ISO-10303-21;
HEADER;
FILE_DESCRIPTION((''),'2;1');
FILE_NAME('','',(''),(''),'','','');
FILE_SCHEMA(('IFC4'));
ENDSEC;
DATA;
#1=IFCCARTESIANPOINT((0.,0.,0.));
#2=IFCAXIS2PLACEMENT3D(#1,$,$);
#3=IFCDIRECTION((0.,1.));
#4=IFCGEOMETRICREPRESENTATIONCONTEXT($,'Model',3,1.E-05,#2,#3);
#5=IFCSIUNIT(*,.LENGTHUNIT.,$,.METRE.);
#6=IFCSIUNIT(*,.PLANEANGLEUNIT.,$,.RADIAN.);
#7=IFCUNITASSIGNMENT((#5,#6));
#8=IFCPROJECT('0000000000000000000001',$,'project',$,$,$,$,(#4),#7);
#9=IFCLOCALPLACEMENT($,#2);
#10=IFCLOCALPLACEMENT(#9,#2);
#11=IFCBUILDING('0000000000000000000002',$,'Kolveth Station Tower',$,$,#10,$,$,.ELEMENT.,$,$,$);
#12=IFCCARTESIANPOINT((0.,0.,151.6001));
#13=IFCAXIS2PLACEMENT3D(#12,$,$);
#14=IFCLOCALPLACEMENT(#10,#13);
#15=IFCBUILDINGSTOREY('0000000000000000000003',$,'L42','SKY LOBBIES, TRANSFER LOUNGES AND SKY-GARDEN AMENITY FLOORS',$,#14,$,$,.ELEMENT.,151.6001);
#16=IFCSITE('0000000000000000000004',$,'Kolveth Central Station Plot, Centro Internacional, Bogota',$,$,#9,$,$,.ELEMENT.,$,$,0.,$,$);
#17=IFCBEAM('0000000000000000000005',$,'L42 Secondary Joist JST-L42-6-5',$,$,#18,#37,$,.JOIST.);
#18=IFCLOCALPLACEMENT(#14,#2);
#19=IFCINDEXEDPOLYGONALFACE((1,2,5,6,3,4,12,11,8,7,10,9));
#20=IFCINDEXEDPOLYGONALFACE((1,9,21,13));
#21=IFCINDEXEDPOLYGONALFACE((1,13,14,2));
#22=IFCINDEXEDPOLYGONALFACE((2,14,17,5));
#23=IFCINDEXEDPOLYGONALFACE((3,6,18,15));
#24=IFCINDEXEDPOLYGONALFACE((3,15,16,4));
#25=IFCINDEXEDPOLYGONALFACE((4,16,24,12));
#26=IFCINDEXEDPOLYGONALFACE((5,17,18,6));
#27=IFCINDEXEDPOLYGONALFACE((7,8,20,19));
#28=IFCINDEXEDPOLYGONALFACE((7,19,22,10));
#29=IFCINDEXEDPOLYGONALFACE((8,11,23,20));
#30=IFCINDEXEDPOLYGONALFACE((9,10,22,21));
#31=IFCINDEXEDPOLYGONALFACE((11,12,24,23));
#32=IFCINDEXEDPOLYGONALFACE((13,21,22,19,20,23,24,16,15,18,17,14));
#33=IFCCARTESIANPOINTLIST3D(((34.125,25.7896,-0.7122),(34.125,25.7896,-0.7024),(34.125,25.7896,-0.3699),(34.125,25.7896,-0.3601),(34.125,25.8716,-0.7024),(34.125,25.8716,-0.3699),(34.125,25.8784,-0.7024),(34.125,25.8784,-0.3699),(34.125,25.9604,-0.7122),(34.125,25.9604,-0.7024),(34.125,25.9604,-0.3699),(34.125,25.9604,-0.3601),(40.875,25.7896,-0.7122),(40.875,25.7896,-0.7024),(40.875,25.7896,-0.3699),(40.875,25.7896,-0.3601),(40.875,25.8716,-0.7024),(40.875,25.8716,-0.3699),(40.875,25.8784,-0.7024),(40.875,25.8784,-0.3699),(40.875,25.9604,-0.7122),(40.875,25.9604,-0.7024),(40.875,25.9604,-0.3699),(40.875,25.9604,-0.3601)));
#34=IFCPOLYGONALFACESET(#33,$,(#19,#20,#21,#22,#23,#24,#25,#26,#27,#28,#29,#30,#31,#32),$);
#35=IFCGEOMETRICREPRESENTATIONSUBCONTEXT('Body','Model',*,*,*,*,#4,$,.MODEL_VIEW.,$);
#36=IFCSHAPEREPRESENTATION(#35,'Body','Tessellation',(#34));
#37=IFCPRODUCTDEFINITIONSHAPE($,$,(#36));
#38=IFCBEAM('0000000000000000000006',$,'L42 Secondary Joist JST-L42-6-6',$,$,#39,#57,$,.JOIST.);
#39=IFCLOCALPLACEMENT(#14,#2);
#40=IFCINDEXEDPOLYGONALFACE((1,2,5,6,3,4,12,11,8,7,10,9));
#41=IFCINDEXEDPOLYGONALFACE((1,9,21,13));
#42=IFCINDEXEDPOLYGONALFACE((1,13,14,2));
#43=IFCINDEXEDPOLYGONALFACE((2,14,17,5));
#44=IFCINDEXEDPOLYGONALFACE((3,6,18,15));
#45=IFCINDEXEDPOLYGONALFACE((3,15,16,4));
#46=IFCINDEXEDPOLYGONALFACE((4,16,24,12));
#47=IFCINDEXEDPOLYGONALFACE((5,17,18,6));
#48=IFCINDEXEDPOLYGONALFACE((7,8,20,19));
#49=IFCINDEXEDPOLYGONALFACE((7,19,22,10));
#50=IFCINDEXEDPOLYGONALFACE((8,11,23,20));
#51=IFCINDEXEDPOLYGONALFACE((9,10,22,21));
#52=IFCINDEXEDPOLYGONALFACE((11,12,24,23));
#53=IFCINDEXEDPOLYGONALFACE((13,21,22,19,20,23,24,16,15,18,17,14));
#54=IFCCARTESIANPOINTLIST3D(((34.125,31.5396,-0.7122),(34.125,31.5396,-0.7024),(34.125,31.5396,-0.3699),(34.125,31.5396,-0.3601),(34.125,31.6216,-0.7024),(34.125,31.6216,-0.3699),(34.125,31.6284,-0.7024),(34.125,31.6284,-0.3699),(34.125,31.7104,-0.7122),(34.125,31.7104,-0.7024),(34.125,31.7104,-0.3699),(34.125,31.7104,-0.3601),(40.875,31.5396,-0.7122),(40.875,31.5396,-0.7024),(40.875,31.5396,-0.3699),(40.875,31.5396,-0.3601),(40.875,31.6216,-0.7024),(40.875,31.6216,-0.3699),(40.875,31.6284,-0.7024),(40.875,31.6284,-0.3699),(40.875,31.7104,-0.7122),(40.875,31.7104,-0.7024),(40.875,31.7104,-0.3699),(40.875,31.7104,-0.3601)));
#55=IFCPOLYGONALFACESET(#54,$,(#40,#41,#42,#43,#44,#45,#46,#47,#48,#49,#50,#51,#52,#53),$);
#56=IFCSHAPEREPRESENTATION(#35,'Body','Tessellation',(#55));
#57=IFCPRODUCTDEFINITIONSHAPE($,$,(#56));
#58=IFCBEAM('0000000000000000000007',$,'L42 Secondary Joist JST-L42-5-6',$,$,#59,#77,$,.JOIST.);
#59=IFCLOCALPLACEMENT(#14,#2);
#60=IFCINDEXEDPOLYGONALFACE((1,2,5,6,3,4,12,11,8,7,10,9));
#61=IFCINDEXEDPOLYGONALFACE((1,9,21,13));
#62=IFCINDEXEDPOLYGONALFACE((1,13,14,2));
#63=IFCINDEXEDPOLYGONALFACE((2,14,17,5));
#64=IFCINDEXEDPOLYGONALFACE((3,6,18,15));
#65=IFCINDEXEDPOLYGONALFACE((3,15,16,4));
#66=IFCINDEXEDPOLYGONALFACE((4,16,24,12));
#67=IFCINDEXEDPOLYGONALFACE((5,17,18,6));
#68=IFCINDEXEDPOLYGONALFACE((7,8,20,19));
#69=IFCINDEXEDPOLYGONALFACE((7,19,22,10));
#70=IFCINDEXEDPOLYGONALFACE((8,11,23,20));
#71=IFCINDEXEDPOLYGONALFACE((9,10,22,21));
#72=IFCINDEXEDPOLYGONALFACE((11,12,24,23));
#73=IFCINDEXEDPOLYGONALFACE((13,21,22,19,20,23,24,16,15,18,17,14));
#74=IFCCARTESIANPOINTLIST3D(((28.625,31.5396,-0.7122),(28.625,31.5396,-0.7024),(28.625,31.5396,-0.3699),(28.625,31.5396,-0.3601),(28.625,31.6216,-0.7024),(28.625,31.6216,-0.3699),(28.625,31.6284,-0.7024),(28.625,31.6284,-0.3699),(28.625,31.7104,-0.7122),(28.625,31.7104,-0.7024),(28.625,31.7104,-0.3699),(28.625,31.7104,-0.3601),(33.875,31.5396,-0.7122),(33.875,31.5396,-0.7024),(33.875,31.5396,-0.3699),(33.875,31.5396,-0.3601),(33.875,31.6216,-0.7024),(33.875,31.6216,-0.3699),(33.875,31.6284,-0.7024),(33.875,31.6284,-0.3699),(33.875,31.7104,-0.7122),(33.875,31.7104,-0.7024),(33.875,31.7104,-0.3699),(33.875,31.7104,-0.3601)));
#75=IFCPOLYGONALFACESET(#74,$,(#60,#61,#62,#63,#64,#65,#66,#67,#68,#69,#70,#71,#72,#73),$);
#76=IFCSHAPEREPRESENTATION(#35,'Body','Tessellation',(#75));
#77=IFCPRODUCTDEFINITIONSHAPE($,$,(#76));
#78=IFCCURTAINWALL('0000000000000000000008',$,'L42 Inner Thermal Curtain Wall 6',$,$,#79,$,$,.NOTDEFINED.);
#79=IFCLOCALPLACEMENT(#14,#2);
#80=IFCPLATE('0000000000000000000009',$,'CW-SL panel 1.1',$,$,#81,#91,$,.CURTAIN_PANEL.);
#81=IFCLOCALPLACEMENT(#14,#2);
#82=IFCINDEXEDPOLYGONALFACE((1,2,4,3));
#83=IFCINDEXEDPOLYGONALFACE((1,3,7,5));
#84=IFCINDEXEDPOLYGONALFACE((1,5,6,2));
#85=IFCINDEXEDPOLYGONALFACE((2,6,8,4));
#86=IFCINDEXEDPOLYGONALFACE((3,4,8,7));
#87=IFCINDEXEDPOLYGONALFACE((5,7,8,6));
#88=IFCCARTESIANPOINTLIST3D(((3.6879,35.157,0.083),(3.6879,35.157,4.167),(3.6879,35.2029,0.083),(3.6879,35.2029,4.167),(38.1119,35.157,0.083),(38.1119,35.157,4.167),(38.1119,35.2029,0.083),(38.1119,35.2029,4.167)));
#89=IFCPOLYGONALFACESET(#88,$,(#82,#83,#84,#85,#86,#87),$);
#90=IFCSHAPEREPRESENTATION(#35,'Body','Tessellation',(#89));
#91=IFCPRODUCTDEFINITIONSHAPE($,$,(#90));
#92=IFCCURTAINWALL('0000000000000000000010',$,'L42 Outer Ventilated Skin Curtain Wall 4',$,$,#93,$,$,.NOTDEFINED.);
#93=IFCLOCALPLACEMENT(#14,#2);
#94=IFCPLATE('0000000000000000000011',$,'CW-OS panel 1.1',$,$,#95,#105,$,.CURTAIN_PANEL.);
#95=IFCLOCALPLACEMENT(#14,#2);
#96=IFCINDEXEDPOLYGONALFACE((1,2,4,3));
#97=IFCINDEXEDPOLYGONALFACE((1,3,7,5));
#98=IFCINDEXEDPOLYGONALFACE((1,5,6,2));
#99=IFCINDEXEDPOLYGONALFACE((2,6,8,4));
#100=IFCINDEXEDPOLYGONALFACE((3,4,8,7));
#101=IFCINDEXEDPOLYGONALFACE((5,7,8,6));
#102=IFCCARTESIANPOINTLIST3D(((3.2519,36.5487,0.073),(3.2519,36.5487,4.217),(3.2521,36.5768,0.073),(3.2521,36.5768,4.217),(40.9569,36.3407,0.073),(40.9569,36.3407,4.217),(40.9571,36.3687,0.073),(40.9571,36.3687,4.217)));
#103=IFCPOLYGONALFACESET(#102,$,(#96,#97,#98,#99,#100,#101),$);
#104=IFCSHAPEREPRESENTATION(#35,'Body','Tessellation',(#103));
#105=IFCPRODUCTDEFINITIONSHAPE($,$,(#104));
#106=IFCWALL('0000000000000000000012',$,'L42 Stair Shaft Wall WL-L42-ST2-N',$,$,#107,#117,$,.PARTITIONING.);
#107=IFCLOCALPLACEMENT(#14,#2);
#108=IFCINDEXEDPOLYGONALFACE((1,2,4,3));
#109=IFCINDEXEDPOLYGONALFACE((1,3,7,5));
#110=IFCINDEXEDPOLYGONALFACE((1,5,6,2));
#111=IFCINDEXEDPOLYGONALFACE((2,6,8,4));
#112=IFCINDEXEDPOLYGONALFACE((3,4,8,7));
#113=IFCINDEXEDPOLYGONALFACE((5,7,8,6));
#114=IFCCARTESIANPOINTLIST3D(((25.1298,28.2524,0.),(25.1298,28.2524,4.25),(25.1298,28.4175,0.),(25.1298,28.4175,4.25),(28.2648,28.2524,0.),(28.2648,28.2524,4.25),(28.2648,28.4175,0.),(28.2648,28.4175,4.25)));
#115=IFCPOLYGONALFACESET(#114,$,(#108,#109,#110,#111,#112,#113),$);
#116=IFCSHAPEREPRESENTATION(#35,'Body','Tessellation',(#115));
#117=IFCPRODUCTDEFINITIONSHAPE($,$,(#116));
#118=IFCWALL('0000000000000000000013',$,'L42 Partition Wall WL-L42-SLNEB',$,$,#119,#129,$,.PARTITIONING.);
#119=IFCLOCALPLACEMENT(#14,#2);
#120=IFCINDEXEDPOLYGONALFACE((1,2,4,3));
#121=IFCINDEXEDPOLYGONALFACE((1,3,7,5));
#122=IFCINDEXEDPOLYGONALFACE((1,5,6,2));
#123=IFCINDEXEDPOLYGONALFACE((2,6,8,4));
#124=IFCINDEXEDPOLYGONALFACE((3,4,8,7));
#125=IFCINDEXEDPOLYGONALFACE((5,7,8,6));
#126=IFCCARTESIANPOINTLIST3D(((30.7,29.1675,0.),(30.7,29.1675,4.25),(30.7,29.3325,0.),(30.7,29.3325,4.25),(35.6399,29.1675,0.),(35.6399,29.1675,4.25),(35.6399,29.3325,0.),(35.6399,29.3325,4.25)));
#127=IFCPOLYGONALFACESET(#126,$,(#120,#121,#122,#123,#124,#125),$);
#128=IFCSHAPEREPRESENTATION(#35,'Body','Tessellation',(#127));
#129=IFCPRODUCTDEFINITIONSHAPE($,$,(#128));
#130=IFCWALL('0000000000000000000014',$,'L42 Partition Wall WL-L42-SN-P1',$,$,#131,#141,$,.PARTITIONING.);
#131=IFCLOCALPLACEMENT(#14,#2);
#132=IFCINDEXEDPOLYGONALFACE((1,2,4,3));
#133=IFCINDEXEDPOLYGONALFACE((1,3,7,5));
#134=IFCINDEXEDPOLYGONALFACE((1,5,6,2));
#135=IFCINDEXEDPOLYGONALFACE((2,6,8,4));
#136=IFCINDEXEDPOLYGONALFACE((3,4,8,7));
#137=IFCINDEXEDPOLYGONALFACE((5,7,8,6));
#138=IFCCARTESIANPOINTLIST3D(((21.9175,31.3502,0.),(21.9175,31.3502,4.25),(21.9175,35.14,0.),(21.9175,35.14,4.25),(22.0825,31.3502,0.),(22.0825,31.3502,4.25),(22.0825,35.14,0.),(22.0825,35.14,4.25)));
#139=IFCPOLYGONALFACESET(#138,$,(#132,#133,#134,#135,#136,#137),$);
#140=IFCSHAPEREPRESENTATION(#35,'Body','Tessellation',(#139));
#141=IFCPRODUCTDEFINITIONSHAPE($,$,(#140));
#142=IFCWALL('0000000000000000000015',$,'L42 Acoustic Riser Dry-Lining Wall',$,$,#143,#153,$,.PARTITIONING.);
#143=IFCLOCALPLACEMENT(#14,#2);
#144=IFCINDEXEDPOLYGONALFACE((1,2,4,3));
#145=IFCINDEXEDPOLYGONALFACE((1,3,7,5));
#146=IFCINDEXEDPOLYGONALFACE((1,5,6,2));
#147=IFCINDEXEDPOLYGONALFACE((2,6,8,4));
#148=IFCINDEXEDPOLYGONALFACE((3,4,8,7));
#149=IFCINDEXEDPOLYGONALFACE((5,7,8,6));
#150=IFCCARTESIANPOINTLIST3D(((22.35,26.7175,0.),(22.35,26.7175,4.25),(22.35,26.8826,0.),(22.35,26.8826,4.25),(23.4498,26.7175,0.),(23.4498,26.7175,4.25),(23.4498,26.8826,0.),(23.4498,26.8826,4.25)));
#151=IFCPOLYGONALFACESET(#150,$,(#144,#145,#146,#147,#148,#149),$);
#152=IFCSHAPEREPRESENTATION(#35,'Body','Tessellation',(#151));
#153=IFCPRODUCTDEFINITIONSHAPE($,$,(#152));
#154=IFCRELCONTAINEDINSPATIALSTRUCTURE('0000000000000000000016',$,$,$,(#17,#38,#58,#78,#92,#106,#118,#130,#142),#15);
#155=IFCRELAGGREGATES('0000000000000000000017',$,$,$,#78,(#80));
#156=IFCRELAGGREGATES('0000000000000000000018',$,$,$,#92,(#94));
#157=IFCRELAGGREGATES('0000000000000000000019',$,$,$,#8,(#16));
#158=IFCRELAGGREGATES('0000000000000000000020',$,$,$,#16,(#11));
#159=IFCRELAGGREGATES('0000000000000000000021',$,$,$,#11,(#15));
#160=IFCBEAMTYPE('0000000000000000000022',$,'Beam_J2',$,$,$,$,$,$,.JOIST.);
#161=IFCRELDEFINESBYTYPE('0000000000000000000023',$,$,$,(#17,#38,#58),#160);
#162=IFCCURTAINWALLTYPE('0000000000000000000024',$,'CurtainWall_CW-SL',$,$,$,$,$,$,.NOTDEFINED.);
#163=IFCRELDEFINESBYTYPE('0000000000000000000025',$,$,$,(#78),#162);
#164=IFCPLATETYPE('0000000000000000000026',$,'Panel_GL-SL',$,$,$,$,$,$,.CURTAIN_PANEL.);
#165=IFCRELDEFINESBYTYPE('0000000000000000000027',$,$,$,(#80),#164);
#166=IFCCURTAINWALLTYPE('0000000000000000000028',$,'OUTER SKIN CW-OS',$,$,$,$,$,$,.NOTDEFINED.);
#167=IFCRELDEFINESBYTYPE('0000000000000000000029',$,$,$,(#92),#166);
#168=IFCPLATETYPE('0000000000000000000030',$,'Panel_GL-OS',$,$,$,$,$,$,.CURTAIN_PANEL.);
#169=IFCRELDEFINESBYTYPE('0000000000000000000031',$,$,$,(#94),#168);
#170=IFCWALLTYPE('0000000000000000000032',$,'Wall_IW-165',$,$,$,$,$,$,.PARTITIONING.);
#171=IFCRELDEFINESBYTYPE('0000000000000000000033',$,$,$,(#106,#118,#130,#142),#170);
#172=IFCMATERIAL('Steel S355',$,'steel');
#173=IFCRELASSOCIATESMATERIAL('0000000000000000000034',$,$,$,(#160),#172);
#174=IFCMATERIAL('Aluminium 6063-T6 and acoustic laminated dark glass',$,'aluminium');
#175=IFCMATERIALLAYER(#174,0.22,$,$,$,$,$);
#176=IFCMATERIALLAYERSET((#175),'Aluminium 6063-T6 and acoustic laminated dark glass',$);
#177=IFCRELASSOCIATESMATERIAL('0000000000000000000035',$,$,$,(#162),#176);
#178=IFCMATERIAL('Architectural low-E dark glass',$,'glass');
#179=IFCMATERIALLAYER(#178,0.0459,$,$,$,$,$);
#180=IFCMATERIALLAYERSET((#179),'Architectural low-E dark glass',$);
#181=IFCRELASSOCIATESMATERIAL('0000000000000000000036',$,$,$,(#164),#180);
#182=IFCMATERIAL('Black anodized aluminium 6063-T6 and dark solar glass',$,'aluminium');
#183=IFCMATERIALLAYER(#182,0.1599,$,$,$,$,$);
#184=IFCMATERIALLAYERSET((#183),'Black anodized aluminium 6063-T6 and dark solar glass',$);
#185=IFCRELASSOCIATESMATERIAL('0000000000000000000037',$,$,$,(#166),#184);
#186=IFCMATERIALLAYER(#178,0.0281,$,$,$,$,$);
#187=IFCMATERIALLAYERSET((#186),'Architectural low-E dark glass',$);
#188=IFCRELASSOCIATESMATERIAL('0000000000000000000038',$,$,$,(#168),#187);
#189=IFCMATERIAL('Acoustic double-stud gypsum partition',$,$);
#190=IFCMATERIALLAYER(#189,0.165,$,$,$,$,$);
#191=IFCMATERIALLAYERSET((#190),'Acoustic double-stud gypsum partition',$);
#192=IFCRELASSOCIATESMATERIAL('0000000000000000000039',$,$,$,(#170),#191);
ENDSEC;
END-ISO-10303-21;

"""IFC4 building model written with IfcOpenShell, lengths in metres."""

from ifc_helpers import new_model, si_unit, direction, frame, frame_2d, origin, origin_2d, place, context, subcontext, project, spatial, rectangle, i_section, extrude, source, transform, mapped, material, layer, layer_set, material_profile, profile_set, type_object, element, aggregate, save


model = new_model("IFC4")

# Units and contexts
model_context = context("Model", 3, precision=1e-05, world=origin(), true_north=direction((0.0, 1.0)))
body_context = subcontext(model_context, "Body", "Model", "MODEL_VIEW")
ifc_project = project(units=[si_unit("LENGTHUNIT", "METRE"), si_unit("PLANEANGLEUNIT", "RADIAN")], contexts=[model_context])

# Site, building, storey
site_placement = place(None, origin())
site = spatial("IfcSite", under=ifc_project, at=site_placement, Name="Kolveth Central Station Plot, Centro Internacional, Bogota", CompositionType="ELEMENT", RefElevation=0.0)
building_placement = place(site_placement, origin())
building = spatial("IfcBuilding", under=site, at=building_placement, Name="Kolveth Station Tower", CompositionType="ELEMENT")
storey_placement = place(building_placement, frame((0.0, 0.0, 151.6001)))
storey = spatial("IfcBuildingStorey", under=building, at=storey_placement, Name="L42", Description="SKY LOBBIES, TRANSFER LOUNGES AND SKY-GARDEN AMENITY FLOORS", CompositionType="ELEMENT", Elevation=151.6001)

# Shared definitions
ifc_material_1 = material(Name="Steel S355", Category="steel")

# Beams
ifc_material_profile_1 = material_profile(ifc_material_1, i_section(OverallWidth=0.1709, OverallDepth=0.3521, WebThickness=0.0068, FlangeThickness=0.0098, at=origin_2d()), Name="W360x44")
ifc_profile_set_1 = profile_set([ifc_material_profile_1], Name="Steel S355")
beam_type_1 = type_object("IfcBeamType", Name="Beam_J2", PredefinedType="JOIST", material=ifc_profile_set_1)
shared_shape_1 = source(origin(), body_context, "Body", "SweptSolid", [
    extrude(i_section(OverallWidth=0.1709, OverallDepth=0.3521, WebThickness=0.0068, FlangeThickness=0.0098, at=origin_2d()), origin(), (0.0, 0.0, 1.0), 6.75),
])
for number, where, z_axis, x_axis, name in (
    (1, (34.125, 25.875, -0.5361), (1.0, 0.0, 0.0), (0.0, 1.0, 0.0), "L42 Secondary Joist JST-L42-6-5"),
    (2, (34.125, 31.625, -0.5361), (1.0, 0.0, 0.0), (0.0, 1.0, 0.0), "L42 Secondary Joist JST-L42-6-6"),
):
    element("IfcBeam", number, at=place(storey_placement, frame(where, z_axis=z_axis, x_axis=x_axis)), inside=storey, type_object=beam_type_1, Name=name, PredefinedType="JOIST", context=body_context, shape_type="MappedRepresentation", body=[
        mapped(shared_shape_1, transform((0.0, 0.0, 0.0), x_axis=(1.0, 0.0, 0.0), y_axis=(0.0, 1.0, 0.0), z_axis=(0.0, 0.0, 1.0), scale=1.0)),
    ])
shared_shape_2 = source(origin(), body_context, "Body", "SweptSolid", [
    extrude(i_section(OverallWidth=0.1709, OverallDepth=0.3521, WebThickness=0.0068, FlangeThickness=0.0098, at=origin_2d()), origin(), (0.0, 0.0, 1.0), 5.25),
])
beam_1_placement = place(storey_placement, frame((28.625, 31.625, -0.5361), z_axis=(1.0, 0.0, 0.0), x_axis=(0.0, 1.0, 0.0)))
element("IfcBeam", 3, at=beam_1_placement, inside=storey, type_object=beam_type_1, Name="L42 Secondary Joist JST-L42-5-6", PredefinedType="JOIST", context=body_context, shape_type="MappedRepresentation", body=[
    mapped(shared_shape_2, transform((0.0, 0.0, 0.0), x_axis=(1.0, 0.0, 0.0), y_axis=(0.0, 1.0, 0.0), z_axis=(0.0, 0.0, 1.0), scale=1.0)),
])

# Curtain walls, plates
ifc_material_2 = material(Name="Aluminium 6063-T6 and acoustic laminated dark glass", Category="aluminium")
ifc_layer_1 = layer(ifc_material_2, 0.22)
ifc_layer_set_1 = layer_set([ifc_layer_1], Name="Aluminium 6063-T6 and acoustic laminated dark glass")
curtain_wall_type_1 = type_object("IfcCurtainWallType", Name="CurtainWall_CW-SL", PredefinedType="NOTDEFINED", material=ifc_layer_set_1)
curtain_wall_1_placement = place(storey_placement, origin())
curtain_wall_1 = element("IfcCurtainWall", 4, at=curtain_wall_1_placement, inside=storey, type_object=curtain_wall_type_1, Name="L42 Inner Thermal Curtain Wall 6", PredefinedType="NOTDEFINED")
ifc_material_3 = material(Name="Architectural low-E dark glass", Category="glass")
ifc_layer_2 = layer(ifc_material_3, 0.0459)
ifc_layer_set_2 = layer_set([ifc_layer_2], Name="Architectural low-E dark glass")
plate_type_1 = type_object("IfcPlateType", Name="Panel_GL-SL", PredefinedType="CURTAIN_PANEL", material=ifc_layer_set_2)
shared_shape_3 = source(origin(), body_context, "Body", "SweptSolid", [
    extrude(rectangle(XDim=34.4241, YDim=0.0459, at=origin_2d()), origin(), (0.0, 0.0, 1.0), 4.084),
])
plate_1_placement = place(storey_placement, frame((20.8999, 35.1799, 0.083), z_axis=(0.0, 0.0, 1.0), x_axis=(-1.0, 0.0, 0.0)))
plate_1 = element("IfcPlate", 5, at=plate_1_placement, type_object=plate_type_1, Name="CW-SL panel 1.1", PredefinedType="CURTAIN_PANEL", context=body_context, shape_type="MappedRepresentation", body=[
    mapped(shared_shape_3, transform((0.0, 0.0, 0.0), x_axis=(1.0, 0.0, 0.0), y_axis=(0.0, 1.0, 0.0), z_axis=(0.0, 0.0, 1.0), scale=1.0)),
])
aggregate(curtain_wall_1, [plate_1])
ifc_material_4 = material(Name="Black anodized aluminium 6063-T6 and dark solar glass", Category="aluminium")
ifc_layer_3 = layer(ifc_material_4, 0.1599)
ifc_layer_set_3 = layer_set([ifc_layer_3], Name="Black anodized aluminium 6063-T6 and dark solar glass")
curtain_wall_type_2 = type_object("IfcCurtainWallType", Name="OUTER SKIN CW-OS", PredefinedType="NOTDEFINED", material=ifc_layer_set_3)
curtain_wall_2_placement = place(storey_placement, origin())
curtain_wall_2 = element("IfcCurtainWall", 6, at=curtain_wall_2_placement, inside=storey, type_object=curtain_wall_type_2, Name="L42 Outer Ventilated Skin Curtain Wall 4", PredefinedType="NOTDEFINED")
ifc_layer_4 = layer(ifc_material_3, 0.0281)
ifc_layer_set_4 = layer_set([ifc_layer_4], Name="Architectural low-E dark glass")
plate_type_2 = type_object("IfcPlateType", Name="Panel_GL-OS", PredefinedType="CURTAIN_PANEL", material=ifc_layer_set_4)
shared_shape_4 = source(origin(), body_context, "Body", "SweptSolid", [
    extrude(rectangle(XDim=37.7056, YDim=0.0281, at=origin_2d()), origin(), (0.0, 0.0, 1.0), 4.144),
])
plate_2_placement = place(storey_placement, frame((22.1045, 36.4587, 0.073), z_axis=(0.0, 0.0, 1.0), x_axis=(-0.999985, 0.005519, 0.0)))
plate_2 = element("IfcPlate", 7, at=plate_2_placement, type_object=plate_type_2, Name="CW-OS panel 1.1", PredefinedType="CURTAIN_PANEL", context=body_context, shape_type="MappedRepresentation", body=[
    mapped(shared_shape_4, transform((0.0, 0.0, 0.0), x_axis=(1.0, 0.0, 0.0), y_axis=(0.0, 1.0, 0.0), z_axis=(0.0, 0.0, 1.0), scale=1.0)),
])
aggregate(curtain_wall_2, [plate_2])

# Walls
ifc_material_5 = material(Name="Acoustic double-stud gypsum partition")
ifc_layer_5 = layer(ifc_material_5, 0.165)
ifc_layer_set_5 = layer_set([ifc_layer_5], Name="Acoustic double-stud gypsum partition")
wall_type = type_object("IfcWallType", Name="Wall_IW-165", PredefinedType="PARTITIONING", material=ifc_layer_set_5)
wall_1_placement = place(storey_placement, frame((25.1299, 28.335, 0.0), z_axis=(0.0, 0.0, 1.0), x_axis=(1.0, 0.0, 0.0)))
element("IfcWall", 8, at=wall_1_placement, inside=storey, type_object=wall_type, Name="L42 Stair Shaft Wall WL-L42-ST2-N", PredefinedType="PARTITIONING", context=body_context, shape_type="SweptSolid", body=[
    extrude(rectangle(XDim=3.135, YDim=0.165, at=frame_2d((1.5674, 0.0))), origin(), (0.0, 0.0, 1.0), 4.25),
])
wall_2_placement = place(storey_placement, frame((30.7, 29.25, 0.0), z_axis=(0.0, 0.0, 1.0), x_axis=(1.0, 0.0, 0.0)))
element("IfcWall", 9, at=wall_2_placement, inside=storey, type_object=wall_type, Name="L42 Partition Wall WL-L42-SLNEB", PredefinedType="PARTITIONING", context=body_context, shape_type="SweptSolid", body=[
    extrude(rectangle(XDim=4.9399, YDim=0.165, at=frame_2d((2.47, 0.0))), origin(), (0.0, 0.0, 1.0), 4.25),
])
wall_3_placement = place(storey_placement, frame((22.0, 31.3501, 0.0), z_axis=(0.0, 0.0, 1.0), x_axis=(0.0, 1.0, 0.0)))
element("IfcWall", 10, at=wall_3_placement, inside=storey, type_object=wall_type, Name="L42 Partition Wall WL-L42-SN-P1", PredefinedType="PARTITIONING", context=body_context, shape_type="SweptSolid", body=[
    extrude(rectangle(XDim=3.7898, YDim=0.165, at=frame_2d((1.895, 0.0))), origin(), (0.0, 0.0, 1.0), 4.25),
])
wall_4_placement = place(storey_placement, frame((22.3501, 26.8, 0.0), z_axis=(0.0, 0.0, 1.0), x_axis=(1.0, 0.0, 0.0)))
element("IfcWall", 11, at=wall_4_placement, inside=storey, type_object=wall_type, Name="L42 Acoustic Riser Dry-Lining Wall", PredefinedType="PARTITIONING", context=body_context, shape_type="SweptSolid", body=[
    extrude(rectangle(XDim=1.0999, YDim=0.165, at=frame_2d((0.5498, 0.0))), origin(), (0.0, 0.0, 1.0), 4.25),
])

save(model, "model.ifc")
